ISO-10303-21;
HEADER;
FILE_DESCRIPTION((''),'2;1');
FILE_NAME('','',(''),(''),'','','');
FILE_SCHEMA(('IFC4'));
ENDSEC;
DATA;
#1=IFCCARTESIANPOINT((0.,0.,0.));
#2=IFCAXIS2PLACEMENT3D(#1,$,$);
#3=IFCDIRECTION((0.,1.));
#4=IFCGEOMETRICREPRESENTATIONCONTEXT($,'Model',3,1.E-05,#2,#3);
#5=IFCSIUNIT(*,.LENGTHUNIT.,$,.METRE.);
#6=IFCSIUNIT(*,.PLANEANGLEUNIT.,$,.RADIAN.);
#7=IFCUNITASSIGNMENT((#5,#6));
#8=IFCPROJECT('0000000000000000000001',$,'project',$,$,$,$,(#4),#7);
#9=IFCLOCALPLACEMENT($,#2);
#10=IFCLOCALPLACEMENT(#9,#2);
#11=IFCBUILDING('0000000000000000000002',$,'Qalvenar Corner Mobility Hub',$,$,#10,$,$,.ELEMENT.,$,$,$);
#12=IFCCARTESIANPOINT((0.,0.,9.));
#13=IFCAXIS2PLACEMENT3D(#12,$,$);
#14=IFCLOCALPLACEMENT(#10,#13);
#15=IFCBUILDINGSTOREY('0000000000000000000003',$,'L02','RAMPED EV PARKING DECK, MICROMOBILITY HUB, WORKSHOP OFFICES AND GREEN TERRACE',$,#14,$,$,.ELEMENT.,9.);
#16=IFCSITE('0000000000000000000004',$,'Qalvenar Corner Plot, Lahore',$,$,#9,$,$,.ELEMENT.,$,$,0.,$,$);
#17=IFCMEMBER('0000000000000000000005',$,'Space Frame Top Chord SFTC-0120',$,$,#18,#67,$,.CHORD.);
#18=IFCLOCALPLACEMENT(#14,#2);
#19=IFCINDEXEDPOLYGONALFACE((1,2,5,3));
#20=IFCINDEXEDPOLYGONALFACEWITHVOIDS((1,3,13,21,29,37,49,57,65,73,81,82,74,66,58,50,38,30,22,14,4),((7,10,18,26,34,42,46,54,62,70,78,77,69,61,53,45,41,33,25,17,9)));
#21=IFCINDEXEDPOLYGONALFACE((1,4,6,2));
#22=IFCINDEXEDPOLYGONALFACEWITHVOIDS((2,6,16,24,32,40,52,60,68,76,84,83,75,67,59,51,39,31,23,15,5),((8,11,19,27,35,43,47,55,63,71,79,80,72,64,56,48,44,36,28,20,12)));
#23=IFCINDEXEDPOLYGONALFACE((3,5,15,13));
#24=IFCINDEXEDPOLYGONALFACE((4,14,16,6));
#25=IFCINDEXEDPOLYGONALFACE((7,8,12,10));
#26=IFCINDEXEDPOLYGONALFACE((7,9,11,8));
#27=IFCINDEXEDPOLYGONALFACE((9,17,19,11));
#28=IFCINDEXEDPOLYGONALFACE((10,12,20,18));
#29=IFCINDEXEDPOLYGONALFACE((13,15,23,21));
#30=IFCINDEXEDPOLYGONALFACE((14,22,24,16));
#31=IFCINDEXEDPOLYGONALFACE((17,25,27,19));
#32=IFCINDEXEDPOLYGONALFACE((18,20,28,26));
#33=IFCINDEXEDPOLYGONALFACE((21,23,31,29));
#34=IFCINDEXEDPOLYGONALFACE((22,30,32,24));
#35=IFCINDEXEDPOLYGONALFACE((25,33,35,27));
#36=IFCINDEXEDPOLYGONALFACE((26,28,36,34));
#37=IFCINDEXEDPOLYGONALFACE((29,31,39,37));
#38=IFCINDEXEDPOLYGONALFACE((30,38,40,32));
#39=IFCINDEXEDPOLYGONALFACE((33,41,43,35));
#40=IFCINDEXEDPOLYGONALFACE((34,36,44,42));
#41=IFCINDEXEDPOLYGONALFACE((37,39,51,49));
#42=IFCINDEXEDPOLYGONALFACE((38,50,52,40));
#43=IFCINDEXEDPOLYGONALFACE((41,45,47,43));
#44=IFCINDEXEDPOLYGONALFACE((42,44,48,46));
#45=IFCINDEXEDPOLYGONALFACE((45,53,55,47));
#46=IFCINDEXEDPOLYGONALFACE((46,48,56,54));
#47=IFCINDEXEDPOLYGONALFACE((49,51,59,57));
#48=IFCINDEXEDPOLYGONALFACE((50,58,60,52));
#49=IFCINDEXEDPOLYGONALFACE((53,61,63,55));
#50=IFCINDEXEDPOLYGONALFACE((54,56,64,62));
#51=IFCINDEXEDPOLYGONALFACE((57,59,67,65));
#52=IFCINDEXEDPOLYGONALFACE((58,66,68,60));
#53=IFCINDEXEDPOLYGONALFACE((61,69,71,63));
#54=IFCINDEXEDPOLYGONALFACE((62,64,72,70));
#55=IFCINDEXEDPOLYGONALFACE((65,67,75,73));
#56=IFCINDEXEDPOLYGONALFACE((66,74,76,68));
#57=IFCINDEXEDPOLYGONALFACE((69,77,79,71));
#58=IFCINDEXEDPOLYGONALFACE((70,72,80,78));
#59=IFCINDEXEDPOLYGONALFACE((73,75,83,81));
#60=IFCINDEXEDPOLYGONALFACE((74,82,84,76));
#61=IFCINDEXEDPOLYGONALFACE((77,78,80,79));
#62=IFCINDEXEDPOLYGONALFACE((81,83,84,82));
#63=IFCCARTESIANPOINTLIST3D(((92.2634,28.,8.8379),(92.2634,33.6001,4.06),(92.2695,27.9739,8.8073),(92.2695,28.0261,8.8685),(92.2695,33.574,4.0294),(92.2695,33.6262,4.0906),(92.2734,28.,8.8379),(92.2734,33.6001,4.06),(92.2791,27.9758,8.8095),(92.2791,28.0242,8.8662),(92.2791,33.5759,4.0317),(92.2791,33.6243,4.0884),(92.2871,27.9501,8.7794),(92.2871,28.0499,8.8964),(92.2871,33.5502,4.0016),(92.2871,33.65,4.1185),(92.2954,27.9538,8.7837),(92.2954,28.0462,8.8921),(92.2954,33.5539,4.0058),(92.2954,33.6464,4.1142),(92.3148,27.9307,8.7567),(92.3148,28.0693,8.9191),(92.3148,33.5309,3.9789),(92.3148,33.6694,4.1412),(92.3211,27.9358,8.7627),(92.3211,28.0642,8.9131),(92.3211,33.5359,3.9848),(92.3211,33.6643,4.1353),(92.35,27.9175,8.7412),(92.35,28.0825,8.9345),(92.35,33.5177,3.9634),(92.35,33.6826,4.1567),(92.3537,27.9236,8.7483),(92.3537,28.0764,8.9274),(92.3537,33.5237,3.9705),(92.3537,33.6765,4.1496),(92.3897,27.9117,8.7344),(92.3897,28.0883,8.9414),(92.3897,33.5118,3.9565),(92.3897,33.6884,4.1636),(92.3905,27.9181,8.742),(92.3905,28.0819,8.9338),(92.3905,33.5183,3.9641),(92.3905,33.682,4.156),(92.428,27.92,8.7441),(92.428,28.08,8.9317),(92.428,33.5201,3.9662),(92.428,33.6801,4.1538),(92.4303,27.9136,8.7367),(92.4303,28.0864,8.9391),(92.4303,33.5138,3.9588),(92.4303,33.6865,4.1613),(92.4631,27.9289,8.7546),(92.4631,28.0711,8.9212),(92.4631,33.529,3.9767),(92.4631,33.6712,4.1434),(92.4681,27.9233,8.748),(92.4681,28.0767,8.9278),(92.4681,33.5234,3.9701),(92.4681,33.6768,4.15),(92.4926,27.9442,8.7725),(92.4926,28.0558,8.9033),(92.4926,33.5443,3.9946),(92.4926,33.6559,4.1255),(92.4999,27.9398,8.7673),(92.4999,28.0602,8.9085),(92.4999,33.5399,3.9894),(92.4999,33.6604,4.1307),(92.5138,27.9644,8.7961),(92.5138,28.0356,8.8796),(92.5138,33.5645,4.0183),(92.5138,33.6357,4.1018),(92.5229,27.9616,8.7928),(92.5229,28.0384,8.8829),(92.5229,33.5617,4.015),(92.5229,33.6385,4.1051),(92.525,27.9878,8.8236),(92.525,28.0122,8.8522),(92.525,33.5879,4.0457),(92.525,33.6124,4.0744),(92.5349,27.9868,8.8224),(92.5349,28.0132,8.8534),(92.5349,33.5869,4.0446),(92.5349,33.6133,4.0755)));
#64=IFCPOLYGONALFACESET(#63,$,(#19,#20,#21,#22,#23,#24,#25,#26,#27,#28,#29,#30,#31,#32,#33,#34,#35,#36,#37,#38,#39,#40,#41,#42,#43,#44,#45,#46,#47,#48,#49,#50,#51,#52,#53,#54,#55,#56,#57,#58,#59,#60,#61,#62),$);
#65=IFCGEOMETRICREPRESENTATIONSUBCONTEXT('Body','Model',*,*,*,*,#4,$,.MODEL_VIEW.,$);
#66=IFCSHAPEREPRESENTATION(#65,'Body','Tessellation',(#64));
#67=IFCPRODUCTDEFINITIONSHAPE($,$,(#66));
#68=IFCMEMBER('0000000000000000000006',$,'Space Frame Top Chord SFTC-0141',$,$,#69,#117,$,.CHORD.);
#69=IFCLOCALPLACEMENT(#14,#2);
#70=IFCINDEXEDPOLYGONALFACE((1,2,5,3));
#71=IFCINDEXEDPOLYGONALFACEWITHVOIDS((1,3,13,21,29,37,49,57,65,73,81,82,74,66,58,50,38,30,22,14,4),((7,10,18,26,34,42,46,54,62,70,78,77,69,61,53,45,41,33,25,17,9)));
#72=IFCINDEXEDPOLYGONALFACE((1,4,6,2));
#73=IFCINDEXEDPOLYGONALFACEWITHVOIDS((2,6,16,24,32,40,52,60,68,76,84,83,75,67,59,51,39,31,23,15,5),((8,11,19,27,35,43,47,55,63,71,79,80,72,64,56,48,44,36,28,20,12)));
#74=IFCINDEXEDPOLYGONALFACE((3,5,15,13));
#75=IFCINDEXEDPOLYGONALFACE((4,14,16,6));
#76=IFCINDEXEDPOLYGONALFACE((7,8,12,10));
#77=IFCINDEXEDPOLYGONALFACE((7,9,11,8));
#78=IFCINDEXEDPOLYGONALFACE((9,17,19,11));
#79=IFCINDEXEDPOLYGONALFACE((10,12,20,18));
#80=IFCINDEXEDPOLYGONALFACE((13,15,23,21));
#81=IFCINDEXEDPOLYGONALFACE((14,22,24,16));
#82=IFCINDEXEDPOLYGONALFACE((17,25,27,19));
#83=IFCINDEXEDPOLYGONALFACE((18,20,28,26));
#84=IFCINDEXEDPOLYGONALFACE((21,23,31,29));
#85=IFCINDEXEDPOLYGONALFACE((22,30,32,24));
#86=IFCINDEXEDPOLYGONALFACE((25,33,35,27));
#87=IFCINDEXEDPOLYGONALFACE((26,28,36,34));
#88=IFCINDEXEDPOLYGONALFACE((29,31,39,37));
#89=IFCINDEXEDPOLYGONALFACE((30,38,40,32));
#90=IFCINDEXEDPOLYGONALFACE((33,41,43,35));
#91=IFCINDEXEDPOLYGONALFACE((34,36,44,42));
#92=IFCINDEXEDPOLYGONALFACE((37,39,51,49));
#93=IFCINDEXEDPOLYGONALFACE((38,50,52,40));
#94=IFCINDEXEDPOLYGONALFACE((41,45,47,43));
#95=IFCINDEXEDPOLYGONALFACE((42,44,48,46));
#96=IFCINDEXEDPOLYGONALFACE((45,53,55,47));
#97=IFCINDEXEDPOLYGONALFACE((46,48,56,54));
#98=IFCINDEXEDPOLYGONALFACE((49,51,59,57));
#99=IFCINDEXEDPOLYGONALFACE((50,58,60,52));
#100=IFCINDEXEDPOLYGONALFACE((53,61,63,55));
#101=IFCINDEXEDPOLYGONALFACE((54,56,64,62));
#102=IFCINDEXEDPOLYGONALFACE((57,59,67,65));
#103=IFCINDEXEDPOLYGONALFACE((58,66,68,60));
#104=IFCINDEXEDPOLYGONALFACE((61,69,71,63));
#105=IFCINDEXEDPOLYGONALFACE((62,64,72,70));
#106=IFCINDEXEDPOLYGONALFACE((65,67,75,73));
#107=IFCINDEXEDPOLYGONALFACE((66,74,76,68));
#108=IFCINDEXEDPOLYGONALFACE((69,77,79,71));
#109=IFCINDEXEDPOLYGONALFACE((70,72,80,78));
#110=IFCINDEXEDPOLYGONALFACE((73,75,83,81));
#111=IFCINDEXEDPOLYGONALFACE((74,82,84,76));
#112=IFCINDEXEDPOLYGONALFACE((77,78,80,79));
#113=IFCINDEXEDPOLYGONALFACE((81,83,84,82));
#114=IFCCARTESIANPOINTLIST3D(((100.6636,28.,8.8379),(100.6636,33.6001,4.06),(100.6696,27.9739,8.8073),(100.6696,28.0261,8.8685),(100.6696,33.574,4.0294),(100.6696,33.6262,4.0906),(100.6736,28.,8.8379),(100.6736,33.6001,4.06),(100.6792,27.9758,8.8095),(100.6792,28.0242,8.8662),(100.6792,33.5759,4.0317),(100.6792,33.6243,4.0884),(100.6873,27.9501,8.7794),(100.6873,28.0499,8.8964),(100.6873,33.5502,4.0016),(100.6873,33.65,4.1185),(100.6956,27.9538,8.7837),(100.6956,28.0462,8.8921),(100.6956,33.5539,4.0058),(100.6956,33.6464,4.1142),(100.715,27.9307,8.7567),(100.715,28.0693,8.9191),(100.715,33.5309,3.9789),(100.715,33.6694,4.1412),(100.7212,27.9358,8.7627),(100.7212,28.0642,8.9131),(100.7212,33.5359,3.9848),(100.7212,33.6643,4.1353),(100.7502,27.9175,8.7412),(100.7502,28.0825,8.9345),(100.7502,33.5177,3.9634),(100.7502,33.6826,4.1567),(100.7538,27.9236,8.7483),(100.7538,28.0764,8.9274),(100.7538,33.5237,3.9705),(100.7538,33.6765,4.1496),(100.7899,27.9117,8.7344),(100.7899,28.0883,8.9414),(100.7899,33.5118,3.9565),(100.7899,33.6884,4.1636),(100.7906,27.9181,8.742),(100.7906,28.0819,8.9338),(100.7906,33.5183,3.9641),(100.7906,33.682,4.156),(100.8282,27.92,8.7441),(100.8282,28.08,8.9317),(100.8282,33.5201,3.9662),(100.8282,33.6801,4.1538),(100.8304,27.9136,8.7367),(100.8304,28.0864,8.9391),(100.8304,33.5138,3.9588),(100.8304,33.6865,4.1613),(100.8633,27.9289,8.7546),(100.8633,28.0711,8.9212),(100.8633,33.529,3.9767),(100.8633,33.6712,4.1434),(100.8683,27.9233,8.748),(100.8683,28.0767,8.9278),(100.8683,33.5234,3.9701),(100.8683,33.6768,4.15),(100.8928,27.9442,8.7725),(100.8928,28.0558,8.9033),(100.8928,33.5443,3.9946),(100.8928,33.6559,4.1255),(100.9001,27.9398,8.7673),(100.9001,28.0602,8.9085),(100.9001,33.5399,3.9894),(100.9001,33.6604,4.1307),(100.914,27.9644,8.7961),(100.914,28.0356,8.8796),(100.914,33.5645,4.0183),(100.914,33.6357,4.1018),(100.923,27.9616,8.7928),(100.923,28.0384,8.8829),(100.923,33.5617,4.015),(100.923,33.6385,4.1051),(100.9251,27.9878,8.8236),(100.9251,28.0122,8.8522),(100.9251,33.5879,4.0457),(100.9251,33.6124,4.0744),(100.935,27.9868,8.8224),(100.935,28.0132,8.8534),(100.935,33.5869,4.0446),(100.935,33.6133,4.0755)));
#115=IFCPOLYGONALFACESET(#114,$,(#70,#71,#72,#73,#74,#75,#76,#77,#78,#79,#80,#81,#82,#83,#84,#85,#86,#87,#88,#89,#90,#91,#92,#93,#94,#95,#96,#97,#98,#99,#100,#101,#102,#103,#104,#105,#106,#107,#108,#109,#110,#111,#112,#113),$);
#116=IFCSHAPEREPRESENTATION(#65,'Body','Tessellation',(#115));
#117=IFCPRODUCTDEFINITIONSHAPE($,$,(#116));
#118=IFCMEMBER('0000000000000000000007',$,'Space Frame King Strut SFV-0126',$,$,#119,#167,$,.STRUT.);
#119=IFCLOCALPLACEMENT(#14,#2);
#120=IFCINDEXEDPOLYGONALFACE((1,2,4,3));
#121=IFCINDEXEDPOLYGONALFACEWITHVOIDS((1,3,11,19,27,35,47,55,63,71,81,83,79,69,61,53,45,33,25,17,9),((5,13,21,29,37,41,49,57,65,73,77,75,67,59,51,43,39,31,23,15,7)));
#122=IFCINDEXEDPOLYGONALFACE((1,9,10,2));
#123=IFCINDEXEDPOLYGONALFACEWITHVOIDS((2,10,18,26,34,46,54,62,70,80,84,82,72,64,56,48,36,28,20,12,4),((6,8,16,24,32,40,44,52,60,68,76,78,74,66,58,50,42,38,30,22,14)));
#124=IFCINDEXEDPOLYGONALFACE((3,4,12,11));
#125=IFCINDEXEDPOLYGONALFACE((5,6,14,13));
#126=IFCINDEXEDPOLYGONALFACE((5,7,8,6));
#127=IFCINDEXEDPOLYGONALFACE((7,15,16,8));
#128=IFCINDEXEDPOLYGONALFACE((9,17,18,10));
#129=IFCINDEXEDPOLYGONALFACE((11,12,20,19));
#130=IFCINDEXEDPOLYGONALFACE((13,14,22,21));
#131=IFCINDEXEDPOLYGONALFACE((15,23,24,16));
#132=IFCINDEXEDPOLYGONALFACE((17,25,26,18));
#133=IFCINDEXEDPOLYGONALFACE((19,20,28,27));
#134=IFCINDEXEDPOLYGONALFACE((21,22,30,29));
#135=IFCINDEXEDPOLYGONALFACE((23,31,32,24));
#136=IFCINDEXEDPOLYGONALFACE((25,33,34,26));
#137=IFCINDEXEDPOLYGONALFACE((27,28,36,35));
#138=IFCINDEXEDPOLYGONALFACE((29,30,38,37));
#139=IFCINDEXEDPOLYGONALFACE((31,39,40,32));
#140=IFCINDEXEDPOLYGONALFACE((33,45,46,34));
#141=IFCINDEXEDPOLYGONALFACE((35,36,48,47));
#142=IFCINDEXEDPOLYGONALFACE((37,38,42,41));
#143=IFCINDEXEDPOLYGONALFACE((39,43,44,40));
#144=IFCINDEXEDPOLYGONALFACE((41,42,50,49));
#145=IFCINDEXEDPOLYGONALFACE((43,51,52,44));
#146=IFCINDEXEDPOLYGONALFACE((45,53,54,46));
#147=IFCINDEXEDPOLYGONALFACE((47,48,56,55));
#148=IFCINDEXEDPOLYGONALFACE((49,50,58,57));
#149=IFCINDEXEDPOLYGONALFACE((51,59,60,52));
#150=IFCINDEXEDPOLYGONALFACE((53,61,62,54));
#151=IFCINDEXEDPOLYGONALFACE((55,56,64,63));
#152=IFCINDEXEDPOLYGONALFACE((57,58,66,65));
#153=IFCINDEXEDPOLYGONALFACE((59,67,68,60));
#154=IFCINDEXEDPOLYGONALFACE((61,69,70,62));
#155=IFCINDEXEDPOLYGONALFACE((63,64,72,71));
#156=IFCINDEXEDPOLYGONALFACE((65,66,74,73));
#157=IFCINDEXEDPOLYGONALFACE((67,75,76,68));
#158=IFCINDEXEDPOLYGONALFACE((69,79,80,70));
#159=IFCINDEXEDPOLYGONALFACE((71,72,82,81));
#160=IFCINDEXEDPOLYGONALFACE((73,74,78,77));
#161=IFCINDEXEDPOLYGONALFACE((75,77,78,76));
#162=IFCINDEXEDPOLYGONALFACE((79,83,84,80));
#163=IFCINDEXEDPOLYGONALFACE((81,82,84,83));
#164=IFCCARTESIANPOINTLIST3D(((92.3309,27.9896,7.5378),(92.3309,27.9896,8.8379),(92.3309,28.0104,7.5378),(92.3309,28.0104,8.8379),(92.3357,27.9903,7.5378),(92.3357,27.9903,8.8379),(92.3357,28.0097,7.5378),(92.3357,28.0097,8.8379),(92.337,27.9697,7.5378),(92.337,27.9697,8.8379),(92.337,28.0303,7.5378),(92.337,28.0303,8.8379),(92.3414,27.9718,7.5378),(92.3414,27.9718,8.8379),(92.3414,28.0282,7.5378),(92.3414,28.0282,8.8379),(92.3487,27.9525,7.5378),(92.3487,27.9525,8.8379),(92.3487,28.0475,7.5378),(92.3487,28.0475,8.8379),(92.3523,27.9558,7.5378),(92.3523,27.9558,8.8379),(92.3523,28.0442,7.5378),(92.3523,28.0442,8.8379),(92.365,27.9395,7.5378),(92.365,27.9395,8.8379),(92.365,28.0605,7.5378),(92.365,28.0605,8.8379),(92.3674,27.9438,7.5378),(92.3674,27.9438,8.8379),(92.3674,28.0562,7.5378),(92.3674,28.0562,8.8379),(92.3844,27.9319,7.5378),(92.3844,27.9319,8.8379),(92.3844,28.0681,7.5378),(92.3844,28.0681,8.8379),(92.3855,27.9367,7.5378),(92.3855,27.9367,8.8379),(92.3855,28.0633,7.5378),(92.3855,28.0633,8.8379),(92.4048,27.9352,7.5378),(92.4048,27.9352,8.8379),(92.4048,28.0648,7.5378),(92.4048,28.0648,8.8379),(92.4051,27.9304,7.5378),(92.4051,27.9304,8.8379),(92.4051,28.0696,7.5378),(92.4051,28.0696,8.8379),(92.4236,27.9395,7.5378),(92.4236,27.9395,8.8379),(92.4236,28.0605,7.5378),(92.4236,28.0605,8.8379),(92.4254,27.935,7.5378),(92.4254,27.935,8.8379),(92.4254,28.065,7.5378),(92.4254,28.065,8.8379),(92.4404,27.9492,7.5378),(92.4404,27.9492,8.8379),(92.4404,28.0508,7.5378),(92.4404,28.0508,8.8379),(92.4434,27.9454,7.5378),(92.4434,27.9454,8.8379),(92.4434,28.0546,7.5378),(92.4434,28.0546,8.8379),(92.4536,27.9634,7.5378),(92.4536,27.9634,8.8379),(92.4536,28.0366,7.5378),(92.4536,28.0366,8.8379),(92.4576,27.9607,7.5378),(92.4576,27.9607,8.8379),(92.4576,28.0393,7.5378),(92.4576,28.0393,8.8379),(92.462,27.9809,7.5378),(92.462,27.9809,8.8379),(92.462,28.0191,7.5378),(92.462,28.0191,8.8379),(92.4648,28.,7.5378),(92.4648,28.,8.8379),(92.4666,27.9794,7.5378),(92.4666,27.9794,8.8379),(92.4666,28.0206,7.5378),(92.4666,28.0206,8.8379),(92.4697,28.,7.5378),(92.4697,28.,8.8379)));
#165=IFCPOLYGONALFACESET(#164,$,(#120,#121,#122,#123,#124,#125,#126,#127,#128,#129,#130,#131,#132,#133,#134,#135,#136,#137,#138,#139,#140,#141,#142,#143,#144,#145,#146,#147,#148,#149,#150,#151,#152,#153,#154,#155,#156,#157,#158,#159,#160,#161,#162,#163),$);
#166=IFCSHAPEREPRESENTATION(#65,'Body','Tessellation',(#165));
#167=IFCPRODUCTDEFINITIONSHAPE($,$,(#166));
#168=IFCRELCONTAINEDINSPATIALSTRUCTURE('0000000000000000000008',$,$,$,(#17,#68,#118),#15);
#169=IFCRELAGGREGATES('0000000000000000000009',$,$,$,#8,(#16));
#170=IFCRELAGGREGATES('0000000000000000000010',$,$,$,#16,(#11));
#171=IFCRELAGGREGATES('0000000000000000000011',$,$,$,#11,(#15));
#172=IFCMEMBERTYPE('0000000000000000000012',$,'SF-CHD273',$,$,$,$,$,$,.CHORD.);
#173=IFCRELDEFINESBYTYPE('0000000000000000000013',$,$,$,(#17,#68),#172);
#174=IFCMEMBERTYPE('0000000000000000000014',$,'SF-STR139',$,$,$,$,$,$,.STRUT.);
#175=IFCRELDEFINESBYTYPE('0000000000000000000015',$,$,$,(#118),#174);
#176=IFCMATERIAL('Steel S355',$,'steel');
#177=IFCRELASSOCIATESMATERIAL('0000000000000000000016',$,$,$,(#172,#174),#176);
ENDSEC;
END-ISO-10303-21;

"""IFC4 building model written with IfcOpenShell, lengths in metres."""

from ifc_helpers import new_model, si_unit, direction, frame, origin, origin_2d, place, context, subcontext, project, spatial, hollow_circle, extrude, material, material_profile, profile_set, type_object, element, save


model = new_model("IFC4")

# Units and contexts
model_context = context("Model", 3, precision=1e-05, world=origin(), true_north=direction((0.0, 1.0)))
body_context = subcontext(model_context, "Body", "Model", "MODEL_VIEW")
ifc_project = project(units=[si_unit("LENGTHUNIT", "METRE"), si_unit("PLANEANGLEUNIT", "RADIAN")], contexts=[model_context])

# Site, building, storey
site_placement = place(None, origin())
site = spatial("IfcSite", under=ifc_project, at=site_placement, Name="Qalvenar Corner Plot, Lahore", CompositionType="ELEMENT", RefElevation=0.0)
building_placement = place(site_placement, origin())
building = spatial("IfcBuilding", under=site, at=building_placement, Name="Qalvenar Corner Mobility Hub", CompositionType="ELEMENT")
storey_placement = place(building_placement, frame((0.0, 0.0, 9.0)))
storey = spatial("IfcBuildingStorey", under=building, at=storey_placement, Name="L02", Description="RAMPED EV PARKING DECK, MICROMOBILITY HUB, WORKSHOP OFFICES AND GREEN TERRACE", CompositionType="ELEMENT", Elevation=9.0)

# Members
ifc_material_1 = material(Name="Steel S355", Category="steel")
ifc_material_profile_1 = material_profile(ifc_material_1, hollow_circle(Radius=0.1365, WallThickness=0.01, at=origin_2d()), Name="CHS273x10")
ifc_profile_set_1 = profile_set([ifc_material_profile_1], Name="Steel S355")
member_type_1 = type_object("IfcMemberType", Name="SF-CHD273", PredefinedType="CHORD", material=ifc_profile_set_1)
for number, where, z_axis, x_axis, name in (
    (1, (92.3999, 28.0, 8.8379), (0.0, 0.760748, -0.649047), (-1.0, 0.0, 0.0), "Space Frame Top Chord SFTC-0120"),
    (2, (100.8, 28.0, 8.8379), (0.0, 0.760748, -0.649047), (-1.0, 0.0, 0.0), "Space Frame Top Chord SFTC-0141"),
):
    element("IfcMember", number, at=place(storey_placement, frame(where, z_axis=z_axis, x_axis=x_axis)), inside=storey, type_object=member_type_1, Name=name, PredefinedType="CHORD", context=body_context, shape_type="SweptSolid", body=[
        extrude(hollow_circle(Radius=0.1365, WallThickness=0.01, at=origin_2d()), origin(), (0.0, 0.0, 1.0), 7.3613),
    ])
ifc_material_profile_2 = material_profile(ifc_material_1, hollow_circle(Radius=0.0698, WallThickness=0.0049, at=origin_2d()), Name="CHS139.7x5")
ifc_profile_set_2 = profile_set([ifc_material_profile_2], Name="Steel S355")
member_type_2 = type_object("IfcMemberType", Name="SF-STR139", PredefinedType="STRUT", material=ifc_profile_set_2)
for number, where, z_axis, x_axis, name in (
    (3, (92.3999, 28.0, 7.5378), (0.0, 0.0, 1.0), (1.0, 0.0, 0.0), "Space Frame King Strut SFV-0126"),
):
    element("IfcMember", number, at=place(storey_placement, frame(where, z_axis=z_axis, x_axis=x_axis)), inside=storey, type_object=member_type_2, Name=name, PredefinedType="STRUT", context=body_context, shape_type="SweptSolid", body=[
        extrude(hollow_circle(Radius=0.0698, WallThickness=0.0049, at=origin_2d()), origin(), (0.0, 0.0, 1.0), 1.3),
    ])

save(model, "model.ifc")
